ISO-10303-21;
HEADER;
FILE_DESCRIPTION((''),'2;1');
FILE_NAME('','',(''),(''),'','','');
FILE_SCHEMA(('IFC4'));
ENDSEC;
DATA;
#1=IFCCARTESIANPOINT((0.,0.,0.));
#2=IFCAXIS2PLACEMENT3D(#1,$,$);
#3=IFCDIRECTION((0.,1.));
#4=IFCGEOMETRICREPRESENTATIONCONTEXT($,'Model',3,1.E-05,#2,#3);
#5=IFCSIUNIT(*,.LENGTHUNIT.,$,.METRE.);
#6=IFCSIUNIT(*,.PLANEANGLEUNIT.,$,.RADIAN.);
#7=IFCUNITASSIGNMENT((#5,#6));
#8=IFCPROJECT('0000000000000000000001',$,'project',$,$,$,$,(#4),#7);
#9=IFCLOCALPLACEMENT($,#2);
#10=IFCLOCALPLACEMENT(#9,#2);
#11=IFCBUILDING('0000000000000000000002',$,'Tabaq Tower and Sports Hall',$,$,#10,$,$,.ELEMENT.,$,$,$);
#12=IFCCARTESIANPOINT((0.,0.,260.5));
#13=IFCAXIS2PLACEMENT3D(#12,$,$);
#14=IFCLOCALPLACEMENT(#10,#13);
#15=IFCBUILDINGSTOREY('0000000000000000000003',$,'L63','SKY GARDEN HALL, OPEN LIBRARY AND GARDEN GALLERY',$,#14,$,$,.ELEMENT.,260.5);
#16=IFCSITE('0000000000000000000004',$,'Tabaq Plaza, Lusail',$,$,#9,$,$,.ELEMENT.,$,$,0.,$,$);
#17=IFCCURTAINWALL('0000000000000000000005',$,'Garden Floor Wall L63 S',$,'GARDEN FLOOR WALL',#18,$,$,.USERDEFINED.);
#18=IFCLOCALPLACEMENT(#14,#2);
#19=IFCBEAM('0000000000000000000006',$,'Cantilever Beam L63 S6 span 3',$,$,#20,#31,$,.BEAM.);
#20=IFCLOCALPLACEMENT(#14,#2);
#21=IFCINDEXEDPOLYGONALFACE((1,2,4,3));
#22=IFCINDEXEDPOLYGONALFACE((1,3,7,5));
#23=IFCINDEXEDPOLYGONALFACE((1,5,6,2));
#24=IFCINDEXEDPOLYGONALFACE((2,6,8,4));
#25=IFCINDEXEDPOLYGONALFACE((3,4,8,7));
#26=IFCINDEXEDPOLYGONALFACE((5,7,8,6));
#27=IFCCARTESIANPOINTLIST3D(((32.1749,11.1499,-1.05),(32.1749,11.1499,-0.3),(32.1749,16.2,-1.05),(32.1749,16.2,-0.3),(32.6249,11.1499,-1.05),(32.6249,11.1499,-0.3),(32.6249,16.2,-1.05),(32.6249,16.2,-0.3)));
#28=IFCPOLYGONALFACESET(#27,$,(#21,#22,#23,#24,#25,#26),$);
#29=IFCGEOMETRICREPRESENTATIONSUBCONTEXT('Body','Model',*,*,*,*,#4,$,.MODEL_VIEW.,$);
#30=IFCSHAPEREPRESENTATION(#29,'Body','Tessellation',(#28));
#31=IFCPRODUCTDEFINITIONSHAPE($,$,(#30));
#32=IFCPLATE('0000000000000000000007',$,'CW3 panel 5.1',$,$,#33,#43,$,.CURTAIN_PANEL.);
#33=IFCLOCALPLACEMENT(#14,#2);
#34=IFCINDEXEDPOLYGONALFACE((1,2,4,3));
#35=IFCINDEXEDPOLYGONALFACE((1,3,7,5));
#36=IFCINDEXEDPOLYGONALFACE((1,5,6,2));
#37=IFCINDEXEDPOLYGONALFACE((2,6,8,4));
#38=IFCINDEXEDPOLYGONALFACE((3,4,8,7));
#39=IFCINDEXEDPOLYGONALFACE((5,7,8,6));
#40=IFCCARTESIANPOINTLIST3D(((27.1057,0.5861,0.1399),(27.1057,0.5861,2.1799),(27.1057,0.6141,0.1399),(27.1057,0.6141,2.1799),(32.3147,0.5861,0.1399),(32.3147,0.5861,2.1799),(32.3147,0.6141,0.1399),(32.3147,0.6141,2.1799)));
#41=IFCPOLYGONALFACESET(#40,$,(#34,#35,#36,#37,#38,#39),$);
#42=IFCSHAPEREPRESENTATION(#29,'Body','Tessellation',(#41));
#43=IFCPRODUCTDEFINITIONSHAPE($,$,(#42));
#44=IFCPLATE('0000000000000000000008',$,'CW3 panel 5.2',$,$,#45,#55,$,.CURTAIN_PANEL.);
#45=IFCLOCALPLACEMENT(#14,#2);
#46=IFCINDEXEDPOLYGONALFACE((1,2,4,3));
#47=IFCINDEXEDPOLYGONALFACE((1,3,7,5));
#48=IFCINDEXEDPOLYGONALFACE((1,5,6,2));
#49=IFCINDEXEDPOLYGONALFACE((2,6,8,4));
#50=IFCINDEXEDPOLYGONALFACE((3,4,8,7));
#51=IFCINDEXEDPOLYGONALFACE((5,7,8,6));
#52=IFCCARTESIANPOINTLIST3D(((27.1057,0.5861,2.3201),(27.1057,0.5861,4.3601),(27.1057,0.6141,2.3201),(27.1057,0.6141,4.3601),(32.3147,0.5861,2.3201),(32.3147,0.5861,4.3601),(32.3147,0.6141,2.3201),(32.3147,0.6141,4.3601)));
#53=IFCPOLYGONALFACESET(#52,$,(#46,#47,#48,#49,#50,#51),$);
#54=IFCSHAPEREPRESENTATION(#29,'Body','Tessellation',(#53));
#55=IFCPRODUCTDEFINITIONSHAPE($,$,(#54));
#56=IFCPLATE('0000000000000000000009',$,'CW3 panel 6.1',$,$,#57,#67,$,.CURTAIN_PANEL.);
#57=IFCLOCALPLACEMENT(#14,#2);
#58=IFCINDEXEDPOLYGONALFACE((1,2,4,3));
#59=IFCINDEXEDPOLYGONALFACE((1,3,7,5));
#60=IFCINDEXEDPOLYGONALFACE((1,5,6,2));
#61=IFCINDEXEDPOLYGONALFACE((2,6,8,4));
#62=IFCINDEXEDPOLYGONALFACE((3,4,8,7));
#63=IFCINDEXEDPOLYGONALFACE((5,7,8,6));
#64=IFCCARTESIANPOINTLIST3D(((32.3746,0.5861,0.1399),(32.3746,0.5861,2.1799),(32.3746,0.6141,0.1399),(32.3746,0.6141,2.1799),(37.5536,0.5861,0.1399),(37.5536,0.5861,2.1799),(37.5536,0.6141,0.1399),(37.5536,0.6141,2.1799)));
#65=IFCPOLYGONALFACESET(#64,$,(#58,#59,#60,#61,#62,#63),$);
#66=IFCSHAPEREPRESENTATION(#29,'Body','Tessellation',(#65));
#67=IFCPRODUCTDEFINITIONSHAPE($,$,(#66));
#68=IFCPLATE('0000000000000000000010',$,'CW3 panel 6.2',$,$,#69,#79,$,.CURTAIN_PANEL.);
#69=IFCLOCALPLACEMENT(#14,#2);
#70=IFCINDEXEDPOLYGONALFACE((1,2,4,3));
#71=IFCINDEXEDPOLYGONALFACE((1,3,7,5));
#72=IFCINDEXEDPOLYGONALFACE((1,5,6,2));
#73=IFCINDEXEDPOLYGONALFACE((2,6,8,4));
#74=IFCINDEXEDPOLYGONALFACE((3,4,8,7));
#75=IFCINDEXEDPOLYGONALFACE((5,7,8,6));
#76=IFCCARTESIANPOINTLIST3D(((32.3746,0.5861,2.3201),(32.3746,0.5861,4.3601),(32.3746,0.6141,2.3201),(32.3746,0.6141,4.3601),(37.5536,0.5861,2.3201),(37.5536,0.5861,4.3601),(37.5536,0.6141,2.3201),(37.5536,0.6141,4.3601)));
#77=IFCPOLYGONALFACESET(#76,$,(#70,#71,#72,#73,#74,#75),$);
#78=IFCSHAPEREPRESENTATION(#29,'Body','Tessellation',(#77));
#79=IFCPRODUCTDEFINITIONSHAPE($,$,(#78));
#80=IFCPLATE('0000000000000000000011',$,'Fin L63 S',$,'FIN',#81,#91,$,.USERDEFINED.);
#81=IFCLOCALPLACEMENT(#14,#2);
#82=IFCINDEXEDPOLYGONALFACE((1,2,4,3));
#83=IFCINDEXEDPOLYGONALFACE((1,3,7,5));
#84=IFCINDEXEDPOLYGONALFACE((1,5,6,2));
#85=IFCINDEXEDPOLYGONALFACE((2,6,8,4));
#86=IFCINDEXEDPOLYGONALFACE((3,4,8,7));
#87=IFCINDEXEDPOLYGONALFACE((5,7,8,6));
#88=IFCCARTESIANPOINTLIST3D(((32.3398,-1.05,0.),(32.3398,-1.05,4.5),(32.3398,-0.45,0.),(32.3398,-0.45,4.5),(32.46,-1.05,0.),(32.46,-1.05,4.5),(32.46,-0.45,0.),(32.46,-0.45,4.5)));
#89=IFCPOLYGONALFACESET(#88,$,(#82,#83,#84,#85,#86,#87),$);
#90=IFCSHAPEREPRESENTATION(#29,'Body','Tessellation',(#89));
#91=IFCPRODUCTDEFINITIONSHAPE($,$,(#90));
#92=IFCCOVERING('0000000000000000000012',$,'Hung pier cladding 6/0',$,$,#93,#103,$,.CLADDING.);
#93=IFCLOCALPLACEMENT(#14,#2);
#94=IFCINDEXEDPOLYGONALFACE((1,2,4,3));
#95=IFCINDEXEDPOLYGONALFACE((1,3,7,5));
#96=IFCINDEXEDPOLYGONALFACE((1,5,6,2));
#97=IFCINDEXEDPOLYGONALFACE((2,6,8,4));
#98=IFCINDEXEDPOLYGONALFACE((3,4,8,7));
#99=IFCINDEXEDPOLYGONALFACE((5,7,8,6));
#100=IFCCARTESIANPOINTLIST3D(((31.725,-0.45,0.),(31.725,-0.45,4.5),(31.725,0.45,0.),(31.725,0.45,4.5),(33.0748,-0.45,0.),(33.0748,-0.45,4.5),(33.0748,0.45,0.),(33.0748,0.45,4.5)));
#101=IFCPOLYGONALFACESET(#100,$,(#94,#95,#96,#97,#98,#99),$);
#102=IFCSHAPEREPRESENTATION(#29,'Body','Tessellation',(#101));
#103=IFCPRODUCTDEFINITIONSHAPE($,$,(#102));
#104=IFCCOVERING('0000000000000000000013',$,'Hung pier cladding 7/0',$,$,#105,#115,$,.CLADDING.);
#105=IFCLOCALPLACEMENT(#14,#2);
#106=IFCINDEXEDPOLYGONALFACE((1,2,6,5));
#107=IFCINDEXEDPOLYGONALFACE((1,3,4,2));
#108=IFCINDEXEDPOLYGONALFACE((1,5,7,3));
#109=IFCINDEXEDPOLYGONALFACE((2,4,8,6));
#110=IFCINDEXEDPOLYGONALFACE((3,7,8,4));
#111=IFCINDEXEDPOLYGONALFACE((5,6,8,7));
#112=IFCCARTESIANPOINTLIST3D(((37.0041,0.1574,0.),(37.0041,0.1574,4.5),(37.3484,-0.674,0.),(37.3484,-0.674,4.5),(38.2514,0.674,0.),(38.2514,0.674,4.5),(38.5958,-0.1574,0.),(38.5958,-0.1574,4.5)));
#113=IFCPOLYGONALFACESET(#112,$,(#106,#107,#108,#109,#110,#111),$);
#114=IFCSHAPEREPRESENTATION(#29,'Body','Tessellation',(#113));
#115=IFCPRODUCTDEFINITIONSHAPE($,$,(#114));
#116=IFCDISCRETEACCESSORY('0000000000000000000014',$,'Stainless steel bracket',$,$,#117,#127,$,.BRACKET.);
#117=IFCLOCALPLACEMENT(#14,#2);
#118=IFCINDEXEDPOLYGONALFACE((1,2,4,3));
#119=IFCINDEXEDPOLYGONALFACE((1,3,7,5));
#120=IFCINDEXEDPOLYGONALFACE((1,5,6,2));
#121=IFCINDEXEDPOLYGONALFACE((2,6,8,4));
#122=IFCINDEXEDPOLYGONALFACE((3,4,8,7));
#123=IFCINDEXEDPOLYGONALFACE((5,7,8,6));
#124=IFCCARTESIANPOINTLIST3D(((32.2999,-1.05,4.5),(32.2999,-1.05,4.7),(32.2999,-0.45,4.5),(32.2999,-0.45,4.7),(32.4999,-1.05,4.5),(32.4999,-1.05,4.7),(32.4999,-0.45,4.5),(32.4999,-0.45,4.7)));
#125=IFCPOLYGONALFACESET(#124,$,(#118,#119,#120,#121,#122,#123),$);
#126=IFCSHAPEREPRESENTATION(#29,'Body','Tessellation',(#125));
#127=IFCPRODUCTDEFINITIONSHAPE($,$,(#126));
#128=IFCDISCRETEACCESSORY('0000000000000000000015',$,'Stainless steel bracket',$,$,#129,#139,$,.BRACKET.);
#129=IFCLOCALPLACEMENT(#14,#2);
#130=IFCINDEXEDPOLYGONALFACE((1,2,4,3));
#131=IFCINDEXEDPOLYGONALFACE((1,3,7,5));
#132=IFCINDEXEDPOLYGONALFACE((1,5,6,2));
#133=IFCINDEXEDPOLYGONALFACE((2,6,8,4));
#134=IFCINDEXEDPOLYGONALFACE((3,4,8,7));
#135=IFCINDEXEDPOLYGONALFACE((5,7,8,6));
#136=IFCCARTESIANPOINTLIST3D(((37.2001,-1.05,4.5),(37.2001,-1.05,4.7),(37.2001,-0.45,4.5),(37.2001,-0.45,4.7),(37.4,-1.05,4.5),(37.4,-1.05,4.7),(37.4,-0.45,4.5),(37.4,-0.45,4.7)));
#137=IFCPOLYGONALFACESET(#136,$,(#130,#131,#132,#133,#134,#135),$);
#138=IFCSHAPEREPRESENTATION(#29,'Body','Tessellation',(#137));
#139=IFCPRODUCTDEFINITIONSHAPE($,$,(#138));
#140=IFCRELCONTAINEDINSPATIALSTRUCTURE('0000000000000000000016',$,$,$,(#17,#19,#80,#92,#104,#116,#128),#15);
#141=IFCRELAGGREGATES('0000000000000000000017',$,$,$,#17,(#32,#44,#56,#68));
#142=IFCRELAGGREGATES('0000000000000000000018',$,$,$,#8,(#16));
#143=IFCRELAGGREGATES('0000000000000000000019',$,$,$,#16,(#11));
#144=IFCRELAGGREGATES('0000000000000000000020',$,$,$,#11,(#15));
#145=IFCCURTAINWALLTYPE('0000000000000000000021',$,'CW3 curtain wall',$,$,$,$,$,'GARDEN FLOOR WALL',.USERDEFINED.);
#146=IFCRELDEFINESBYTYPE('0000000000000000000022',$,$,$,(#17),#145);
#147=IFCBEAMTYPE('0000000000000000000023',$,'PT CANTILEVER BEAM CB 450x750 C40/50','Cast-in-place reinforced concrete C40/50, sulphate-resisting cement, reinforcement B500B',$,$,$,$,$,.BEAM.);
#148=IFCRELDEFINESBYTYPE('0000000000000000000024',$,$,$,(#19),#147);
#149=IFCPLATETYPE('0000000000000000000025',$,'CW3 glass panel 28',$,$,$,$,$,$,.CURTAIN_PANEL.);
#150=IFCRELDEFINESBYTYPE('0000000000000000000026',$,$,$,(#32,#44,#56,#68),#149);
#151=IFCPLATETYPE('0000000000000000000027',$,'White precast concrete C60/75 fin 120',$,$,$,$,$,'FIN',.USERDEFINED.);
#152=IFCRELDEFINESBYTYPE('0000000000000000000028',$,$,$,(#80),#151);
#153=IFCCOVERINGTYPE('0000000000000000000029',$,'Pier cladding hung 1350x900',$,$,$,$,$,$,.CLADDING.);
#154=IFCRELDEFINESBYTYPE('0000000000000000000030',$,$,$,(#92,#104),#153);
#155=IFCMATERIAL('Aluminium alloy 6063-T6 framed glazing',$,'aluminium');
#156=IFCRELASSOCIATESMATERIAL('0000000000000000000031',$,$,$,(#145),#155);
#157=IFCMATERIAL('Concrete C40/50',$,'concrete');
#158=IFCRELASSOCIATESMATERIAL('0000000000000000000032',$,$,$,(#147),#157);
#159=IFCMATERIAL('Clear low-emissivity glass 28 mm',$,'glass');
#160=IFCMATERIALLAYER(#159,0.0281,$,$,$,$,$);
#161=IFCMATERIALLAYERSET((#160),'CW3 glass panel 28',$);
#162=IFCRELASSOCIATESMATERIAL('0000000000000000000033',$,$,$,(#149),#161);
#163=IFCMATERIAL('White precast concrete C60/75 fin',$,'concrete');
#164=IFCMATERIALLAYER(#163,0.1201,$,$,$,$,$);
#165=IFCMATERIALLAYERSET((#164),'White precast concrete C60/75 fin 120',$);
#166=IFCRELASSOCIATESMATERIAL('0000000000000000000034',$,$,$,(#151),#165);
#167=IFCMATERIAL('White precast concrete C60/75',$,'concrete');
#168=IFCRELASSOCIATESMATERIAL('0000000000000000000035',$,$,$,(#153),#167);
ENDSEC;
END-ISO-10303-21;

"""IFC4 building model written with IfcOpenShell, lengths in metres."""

from ifc_helpers import new_model, si_unit, direction, frame, frame_2d, origin, origin_2d, place, context, subcontext, project, spatial, rectangle, extrude, material, layer, layer_set, material_profile, profile_set, type_object, element, aggregate, save


model = new_model("IFC4")

# Units and contexts
model_context = context("Model", 3, precision=1e-05, world=origin(), true_north=direction((0.0, 1.0)))
body_context = subcontext(model_context, "Body", "Model", "MODEL_VIEW")
ifc_project = project(units=[si_unit("LENGTHUNIT", "METRE"), si_unit("PLANEANGLEUNIT", "RADIAN")], contexts=[model_context])

# Site, building, storey
site_placement = place(None, origin())
site = spatial("IfcSite", under=ifc_project, at=site_placement, Name="Tabaq Plaza, Lusail", CompositionType="ELEMENT", RefElevation=0.0)
building_placement = place(site_placement, origin())
building = spatial("IfcBuilding", under=site, at=building_placement, Name="Tabaq Tower and Sports Hall", CompositionType="ELEMENT")
storey_placement = place(building_placement, frame((0.0, 0.0, 260.5)))
storey = spatial("IfcBuildingStorey", under=building, at=storey_placement, Name="L63", Description="SKY GARDEN HALL, OPEN LIBRARY AND GARDEN GALLERY", CompositionType="ELEMENT", Elevation=260.5)

# Curtain wall
ifc_material_1 = material(Name="Aluminium alloy 6063-T6 framed glazing", Category="aluminium")
curtain_wall_type_1 = type_object("IfcCurtainWallType", Name="CW3 curtain wall", ElementType="GARDEN FLOOR WALL", PredefinedType="USERDEFINED", material=ifc_material_1)
curtain_wall_1_placement = place(storey_placement, origin())
curtain_wall_1 = element("IfcCurtainWall", 1, at=curtain_wall_1_placement, inside=storey, type_object=curtain_wall_type_1, Name="Garden Floor Wall L63 S", ObjectType="GARDEN FLOOR WALL", PredefinedType="USERDEFINED")

# Beam
ifc_material_2 = material(Name="Concrete C40/50", Category="concrete")
ifc_material_profile_1 = material_profile(ifc_material_2, rectangle(XDim=0.45, YDim=0.75, at=origin_2d()), Name="CB 450x750")
ifc_profile_set_1 = profile_set([ifc_material_profile_1], Name="Concrete C40/50")
beam_type = type_object("IfcBeamType", Name="PT CANTILEVER BEAM CB 450x750 C40/50", Description="Cast-in-place reinforced concrete C40/50, sulphate-resisting cement, reinforcement B500B", PredefinedType="BEAM", material=ifc_profile_set_1)
beam_1_placement = place(storey_placement, frame((32.3999, 11.1499, -0.675), z_axis=(0.0, 1.0, 0.0), x_axis=(-1.0, 0.0, 0.0)))
element("IfcBeam", 2, at=beam_1_placement, inside=storey, type_object=beam_type, Name="Cantilever Beam L63 S6 span 3", PredefinedType="BEAM", context=body_context, shape_type="SweptSolid", body=[
    extrude(rectangle(XDim=0.45, YDim=0.75, at=origin_2d()), origin(), (0.0, 0.0, 1.0), 5.05),
])

# Plates
ifc_material_3 = material(Name="Clear low-emissivity glass 28 mm", Category="glass")
ifc_layer_1 = layer(ifc_material_3, 0.0281)
ifc_layer_set_1 = layer_set([ifc_layer_1], Name="CW3 glass panel 28")
plate_type_1 = type_object("IfcPlateType", Name="CW3 glass panel 28", PredefinedType="CURTAIN_PANEL", material=ifc_layer_set_1)
plate_1_placement = place(storey_placement, frame((29.7102, 0.6001, 0.1399), z_axis=(0.0, 0.0, 1.0), x_axis=(1.0, 0.0, 0.0)))
plate_1 = element("IfcPlate", 3, at=plate_1_placement, type_object=plate_type_1, Name="CW3 panel 5.1", PredefinedType="CURTAIN_PANEL", context=body_context, shape_type="SweptSolid", body=[
    extrude(rectangle(XDim=5.209, YDim=0.0281, at=origin_2d()), origin(), (0.0, 0.0, 1.0), 2.04),
])
plate_2_placement = place(storey_placement, frame((29.7102, 0.6001, 2.3201), z_axis=(0.0, 0.0, 1.0), x_axis=(1.0, 0.0, 0.0)))
plate_2 = element("IfcPlate", 4, at=plate_2_placement, type_object=plate_type_1, Name="CW3 panel 5.2", PredefinedType="CURTAIN_PANEL", context=body_context, shape_type="SweptSolid", body=[
    extrude(rectangle(XDim=5.209, YDim=0.0281, at=origin_2d()), origin(), (0.0, 0.0, 1.0), 2.04),
])
plate_3_placement = place(storey_placement, frame((34.9641, 0.6001, 0.1399), z_axis=(0.0, 0.0, 1.0), x_axis=(1.0, 0.0, 0.0)))
plate_3 = element("IfcPlate", 5, at=plate_3_placement, type_object=plate_type_1, Name="CW3 panel 6.1", PredefinedType="CURTAIN_PANEL", context=body_context, shape_type="SweptSolid", body=[
    extrude(rectangle(XDim=5.179, YDim=0.0281, at=origin_2d()), origin(), (0.0, 0.0, 1.0), 2.04),
])
plate_4_placement = place(storey_placement, frame((34.9641, 0.6001, 2.3201), z_axis=(0.0, 0.0, 1.0), x_axis=(1.0, 0.0, 0.0)))
plate_4 = element("IfcPlate", 6, at=plate_4_placement, type_object=plate_type_1, Name="CW3 panel 6.2", PredefinedType="CURTAIN_PANEL", context=body_context, shape_type="SweptSolid", body=[
    extrude(rectangle(XDim=5.179, YDim=0.0281, at=origin_2d()), origin(), (0.0, 0.0, 1.0), 2.04),
])
aggregate(curtain_wall_1, [plate_1, plate_2, plate_3, plate_4])
ifc_material_4 = material(Name="White precast concrete C60/75 fin", Category="concrete")
ifc_layer_2 = layer(ifc_material_4, 0.1201)
ifc_layer_set_2 = layer_set([ifc_layer_2], Name="White precast concrete C60/75 fin 120")
plate_type_2 = type_object("IfcPlateType", Name="White precast concrete C60/75 fin 120", ElementType="FIN", PredefinedType="USERDEFINED", material=ifc_layer_set_2)
plate_5_placement = place(storey_placement, frame((32.3999, -0.75, 0.0), z_axis=(0.0, 0.0, 1.0), x_axis=(1.0, 0.0, 0.0)))
element("IfcPlate", 7, at=plate_5_placement, inside=storey, type_object=plate_type_2, Name="Fin L63 S", ObjectType="FIN", PredefinedType="USERDEFINED", context=body_context, shape_type="SweptSolid", body=[
    extrude(rectangle(XDim=0.1201, YDim=0.6001, at=origin_2d()), origin(), (0.0, 0.0, 1.0), 4.5),
])

# Coverings
ifc_material_5 = material(Name="White precast concrete C60/75", Category="concrete")
covering_type = type_object("IfcCoveringType", Name="Pier cladding hung 1350x900", PredefinedType="CLADDING", material=ifc_material_5)
covering_1_placement = place(storey_placement, frame((31.7251, 0.0, 0.0), z_axis=(0.0, 0.0, 1.0), x_axis=(1.0, 0.0, 0.0)))
element("IfcCovering", 8, at=covering_1_placement, inside=storey, type_object=covering_type, Name="Hung pier cladding 6/0", PredefinedType="CLADDING", context=body_context, shape_type="SweptSolid", body=[
    extrude(rectangle(XDim=1.3499, YDim=0.8999, at=frame_2d((0.6748, 0.0))), origin(), (0.0, 0.0, 1.0), 4.5),
])
covering_2_placement = place(storey_placement, frame((37.1763, -0.2583, 0.0), z_axis=(0.0, 0.0, 1.0), x_axis=(0.923893, 0.38265, 0.0)))
element("IfcCovering", 9, at=covering_2_placement, inside=storey, type_object=covering_type, Name="Hung pier cladding 7/0", PredefinedType="CLADDING", context=body_context, shape_type="SweptSolid", body=[
    extrude(rectangle(XDim=1.3501, YDim=0.8999, at=frame_2d((0.675, 0.0))), origin(), (0.0, 0.0, 1.0), 4.5),
])

# Discrete accessories
for number, where, z_axis, x_axis, name in (
    (10, (32.3999, -0.75, 4.5), (0.0, 0.0, 1.0), (0.0, -1.0, 0.0), "Stainless steel bracket"),
    (11, (37.3, -0.75, 4.5), (0.0, 0.0, 1.0), (0.0, -1.0, 0.0), "Stainless steel bracket"),
):
    element("IfcDiscreteAccessory", number, at=place(storey_placement, frame(where, z_axis=z_axis, x_axis=x_axis)), inside=storey, Name=name, PredefinedType="BRACKET", context=body_context, shape_type="SweptSolid", body=[
        extrude(rectangle(XDim=0.6001, YDim=0.2, at=origin_2d()), origin(), (0.0, 0.0, 1.0), 0.2),
    ])

save(model, "model.ifc")
